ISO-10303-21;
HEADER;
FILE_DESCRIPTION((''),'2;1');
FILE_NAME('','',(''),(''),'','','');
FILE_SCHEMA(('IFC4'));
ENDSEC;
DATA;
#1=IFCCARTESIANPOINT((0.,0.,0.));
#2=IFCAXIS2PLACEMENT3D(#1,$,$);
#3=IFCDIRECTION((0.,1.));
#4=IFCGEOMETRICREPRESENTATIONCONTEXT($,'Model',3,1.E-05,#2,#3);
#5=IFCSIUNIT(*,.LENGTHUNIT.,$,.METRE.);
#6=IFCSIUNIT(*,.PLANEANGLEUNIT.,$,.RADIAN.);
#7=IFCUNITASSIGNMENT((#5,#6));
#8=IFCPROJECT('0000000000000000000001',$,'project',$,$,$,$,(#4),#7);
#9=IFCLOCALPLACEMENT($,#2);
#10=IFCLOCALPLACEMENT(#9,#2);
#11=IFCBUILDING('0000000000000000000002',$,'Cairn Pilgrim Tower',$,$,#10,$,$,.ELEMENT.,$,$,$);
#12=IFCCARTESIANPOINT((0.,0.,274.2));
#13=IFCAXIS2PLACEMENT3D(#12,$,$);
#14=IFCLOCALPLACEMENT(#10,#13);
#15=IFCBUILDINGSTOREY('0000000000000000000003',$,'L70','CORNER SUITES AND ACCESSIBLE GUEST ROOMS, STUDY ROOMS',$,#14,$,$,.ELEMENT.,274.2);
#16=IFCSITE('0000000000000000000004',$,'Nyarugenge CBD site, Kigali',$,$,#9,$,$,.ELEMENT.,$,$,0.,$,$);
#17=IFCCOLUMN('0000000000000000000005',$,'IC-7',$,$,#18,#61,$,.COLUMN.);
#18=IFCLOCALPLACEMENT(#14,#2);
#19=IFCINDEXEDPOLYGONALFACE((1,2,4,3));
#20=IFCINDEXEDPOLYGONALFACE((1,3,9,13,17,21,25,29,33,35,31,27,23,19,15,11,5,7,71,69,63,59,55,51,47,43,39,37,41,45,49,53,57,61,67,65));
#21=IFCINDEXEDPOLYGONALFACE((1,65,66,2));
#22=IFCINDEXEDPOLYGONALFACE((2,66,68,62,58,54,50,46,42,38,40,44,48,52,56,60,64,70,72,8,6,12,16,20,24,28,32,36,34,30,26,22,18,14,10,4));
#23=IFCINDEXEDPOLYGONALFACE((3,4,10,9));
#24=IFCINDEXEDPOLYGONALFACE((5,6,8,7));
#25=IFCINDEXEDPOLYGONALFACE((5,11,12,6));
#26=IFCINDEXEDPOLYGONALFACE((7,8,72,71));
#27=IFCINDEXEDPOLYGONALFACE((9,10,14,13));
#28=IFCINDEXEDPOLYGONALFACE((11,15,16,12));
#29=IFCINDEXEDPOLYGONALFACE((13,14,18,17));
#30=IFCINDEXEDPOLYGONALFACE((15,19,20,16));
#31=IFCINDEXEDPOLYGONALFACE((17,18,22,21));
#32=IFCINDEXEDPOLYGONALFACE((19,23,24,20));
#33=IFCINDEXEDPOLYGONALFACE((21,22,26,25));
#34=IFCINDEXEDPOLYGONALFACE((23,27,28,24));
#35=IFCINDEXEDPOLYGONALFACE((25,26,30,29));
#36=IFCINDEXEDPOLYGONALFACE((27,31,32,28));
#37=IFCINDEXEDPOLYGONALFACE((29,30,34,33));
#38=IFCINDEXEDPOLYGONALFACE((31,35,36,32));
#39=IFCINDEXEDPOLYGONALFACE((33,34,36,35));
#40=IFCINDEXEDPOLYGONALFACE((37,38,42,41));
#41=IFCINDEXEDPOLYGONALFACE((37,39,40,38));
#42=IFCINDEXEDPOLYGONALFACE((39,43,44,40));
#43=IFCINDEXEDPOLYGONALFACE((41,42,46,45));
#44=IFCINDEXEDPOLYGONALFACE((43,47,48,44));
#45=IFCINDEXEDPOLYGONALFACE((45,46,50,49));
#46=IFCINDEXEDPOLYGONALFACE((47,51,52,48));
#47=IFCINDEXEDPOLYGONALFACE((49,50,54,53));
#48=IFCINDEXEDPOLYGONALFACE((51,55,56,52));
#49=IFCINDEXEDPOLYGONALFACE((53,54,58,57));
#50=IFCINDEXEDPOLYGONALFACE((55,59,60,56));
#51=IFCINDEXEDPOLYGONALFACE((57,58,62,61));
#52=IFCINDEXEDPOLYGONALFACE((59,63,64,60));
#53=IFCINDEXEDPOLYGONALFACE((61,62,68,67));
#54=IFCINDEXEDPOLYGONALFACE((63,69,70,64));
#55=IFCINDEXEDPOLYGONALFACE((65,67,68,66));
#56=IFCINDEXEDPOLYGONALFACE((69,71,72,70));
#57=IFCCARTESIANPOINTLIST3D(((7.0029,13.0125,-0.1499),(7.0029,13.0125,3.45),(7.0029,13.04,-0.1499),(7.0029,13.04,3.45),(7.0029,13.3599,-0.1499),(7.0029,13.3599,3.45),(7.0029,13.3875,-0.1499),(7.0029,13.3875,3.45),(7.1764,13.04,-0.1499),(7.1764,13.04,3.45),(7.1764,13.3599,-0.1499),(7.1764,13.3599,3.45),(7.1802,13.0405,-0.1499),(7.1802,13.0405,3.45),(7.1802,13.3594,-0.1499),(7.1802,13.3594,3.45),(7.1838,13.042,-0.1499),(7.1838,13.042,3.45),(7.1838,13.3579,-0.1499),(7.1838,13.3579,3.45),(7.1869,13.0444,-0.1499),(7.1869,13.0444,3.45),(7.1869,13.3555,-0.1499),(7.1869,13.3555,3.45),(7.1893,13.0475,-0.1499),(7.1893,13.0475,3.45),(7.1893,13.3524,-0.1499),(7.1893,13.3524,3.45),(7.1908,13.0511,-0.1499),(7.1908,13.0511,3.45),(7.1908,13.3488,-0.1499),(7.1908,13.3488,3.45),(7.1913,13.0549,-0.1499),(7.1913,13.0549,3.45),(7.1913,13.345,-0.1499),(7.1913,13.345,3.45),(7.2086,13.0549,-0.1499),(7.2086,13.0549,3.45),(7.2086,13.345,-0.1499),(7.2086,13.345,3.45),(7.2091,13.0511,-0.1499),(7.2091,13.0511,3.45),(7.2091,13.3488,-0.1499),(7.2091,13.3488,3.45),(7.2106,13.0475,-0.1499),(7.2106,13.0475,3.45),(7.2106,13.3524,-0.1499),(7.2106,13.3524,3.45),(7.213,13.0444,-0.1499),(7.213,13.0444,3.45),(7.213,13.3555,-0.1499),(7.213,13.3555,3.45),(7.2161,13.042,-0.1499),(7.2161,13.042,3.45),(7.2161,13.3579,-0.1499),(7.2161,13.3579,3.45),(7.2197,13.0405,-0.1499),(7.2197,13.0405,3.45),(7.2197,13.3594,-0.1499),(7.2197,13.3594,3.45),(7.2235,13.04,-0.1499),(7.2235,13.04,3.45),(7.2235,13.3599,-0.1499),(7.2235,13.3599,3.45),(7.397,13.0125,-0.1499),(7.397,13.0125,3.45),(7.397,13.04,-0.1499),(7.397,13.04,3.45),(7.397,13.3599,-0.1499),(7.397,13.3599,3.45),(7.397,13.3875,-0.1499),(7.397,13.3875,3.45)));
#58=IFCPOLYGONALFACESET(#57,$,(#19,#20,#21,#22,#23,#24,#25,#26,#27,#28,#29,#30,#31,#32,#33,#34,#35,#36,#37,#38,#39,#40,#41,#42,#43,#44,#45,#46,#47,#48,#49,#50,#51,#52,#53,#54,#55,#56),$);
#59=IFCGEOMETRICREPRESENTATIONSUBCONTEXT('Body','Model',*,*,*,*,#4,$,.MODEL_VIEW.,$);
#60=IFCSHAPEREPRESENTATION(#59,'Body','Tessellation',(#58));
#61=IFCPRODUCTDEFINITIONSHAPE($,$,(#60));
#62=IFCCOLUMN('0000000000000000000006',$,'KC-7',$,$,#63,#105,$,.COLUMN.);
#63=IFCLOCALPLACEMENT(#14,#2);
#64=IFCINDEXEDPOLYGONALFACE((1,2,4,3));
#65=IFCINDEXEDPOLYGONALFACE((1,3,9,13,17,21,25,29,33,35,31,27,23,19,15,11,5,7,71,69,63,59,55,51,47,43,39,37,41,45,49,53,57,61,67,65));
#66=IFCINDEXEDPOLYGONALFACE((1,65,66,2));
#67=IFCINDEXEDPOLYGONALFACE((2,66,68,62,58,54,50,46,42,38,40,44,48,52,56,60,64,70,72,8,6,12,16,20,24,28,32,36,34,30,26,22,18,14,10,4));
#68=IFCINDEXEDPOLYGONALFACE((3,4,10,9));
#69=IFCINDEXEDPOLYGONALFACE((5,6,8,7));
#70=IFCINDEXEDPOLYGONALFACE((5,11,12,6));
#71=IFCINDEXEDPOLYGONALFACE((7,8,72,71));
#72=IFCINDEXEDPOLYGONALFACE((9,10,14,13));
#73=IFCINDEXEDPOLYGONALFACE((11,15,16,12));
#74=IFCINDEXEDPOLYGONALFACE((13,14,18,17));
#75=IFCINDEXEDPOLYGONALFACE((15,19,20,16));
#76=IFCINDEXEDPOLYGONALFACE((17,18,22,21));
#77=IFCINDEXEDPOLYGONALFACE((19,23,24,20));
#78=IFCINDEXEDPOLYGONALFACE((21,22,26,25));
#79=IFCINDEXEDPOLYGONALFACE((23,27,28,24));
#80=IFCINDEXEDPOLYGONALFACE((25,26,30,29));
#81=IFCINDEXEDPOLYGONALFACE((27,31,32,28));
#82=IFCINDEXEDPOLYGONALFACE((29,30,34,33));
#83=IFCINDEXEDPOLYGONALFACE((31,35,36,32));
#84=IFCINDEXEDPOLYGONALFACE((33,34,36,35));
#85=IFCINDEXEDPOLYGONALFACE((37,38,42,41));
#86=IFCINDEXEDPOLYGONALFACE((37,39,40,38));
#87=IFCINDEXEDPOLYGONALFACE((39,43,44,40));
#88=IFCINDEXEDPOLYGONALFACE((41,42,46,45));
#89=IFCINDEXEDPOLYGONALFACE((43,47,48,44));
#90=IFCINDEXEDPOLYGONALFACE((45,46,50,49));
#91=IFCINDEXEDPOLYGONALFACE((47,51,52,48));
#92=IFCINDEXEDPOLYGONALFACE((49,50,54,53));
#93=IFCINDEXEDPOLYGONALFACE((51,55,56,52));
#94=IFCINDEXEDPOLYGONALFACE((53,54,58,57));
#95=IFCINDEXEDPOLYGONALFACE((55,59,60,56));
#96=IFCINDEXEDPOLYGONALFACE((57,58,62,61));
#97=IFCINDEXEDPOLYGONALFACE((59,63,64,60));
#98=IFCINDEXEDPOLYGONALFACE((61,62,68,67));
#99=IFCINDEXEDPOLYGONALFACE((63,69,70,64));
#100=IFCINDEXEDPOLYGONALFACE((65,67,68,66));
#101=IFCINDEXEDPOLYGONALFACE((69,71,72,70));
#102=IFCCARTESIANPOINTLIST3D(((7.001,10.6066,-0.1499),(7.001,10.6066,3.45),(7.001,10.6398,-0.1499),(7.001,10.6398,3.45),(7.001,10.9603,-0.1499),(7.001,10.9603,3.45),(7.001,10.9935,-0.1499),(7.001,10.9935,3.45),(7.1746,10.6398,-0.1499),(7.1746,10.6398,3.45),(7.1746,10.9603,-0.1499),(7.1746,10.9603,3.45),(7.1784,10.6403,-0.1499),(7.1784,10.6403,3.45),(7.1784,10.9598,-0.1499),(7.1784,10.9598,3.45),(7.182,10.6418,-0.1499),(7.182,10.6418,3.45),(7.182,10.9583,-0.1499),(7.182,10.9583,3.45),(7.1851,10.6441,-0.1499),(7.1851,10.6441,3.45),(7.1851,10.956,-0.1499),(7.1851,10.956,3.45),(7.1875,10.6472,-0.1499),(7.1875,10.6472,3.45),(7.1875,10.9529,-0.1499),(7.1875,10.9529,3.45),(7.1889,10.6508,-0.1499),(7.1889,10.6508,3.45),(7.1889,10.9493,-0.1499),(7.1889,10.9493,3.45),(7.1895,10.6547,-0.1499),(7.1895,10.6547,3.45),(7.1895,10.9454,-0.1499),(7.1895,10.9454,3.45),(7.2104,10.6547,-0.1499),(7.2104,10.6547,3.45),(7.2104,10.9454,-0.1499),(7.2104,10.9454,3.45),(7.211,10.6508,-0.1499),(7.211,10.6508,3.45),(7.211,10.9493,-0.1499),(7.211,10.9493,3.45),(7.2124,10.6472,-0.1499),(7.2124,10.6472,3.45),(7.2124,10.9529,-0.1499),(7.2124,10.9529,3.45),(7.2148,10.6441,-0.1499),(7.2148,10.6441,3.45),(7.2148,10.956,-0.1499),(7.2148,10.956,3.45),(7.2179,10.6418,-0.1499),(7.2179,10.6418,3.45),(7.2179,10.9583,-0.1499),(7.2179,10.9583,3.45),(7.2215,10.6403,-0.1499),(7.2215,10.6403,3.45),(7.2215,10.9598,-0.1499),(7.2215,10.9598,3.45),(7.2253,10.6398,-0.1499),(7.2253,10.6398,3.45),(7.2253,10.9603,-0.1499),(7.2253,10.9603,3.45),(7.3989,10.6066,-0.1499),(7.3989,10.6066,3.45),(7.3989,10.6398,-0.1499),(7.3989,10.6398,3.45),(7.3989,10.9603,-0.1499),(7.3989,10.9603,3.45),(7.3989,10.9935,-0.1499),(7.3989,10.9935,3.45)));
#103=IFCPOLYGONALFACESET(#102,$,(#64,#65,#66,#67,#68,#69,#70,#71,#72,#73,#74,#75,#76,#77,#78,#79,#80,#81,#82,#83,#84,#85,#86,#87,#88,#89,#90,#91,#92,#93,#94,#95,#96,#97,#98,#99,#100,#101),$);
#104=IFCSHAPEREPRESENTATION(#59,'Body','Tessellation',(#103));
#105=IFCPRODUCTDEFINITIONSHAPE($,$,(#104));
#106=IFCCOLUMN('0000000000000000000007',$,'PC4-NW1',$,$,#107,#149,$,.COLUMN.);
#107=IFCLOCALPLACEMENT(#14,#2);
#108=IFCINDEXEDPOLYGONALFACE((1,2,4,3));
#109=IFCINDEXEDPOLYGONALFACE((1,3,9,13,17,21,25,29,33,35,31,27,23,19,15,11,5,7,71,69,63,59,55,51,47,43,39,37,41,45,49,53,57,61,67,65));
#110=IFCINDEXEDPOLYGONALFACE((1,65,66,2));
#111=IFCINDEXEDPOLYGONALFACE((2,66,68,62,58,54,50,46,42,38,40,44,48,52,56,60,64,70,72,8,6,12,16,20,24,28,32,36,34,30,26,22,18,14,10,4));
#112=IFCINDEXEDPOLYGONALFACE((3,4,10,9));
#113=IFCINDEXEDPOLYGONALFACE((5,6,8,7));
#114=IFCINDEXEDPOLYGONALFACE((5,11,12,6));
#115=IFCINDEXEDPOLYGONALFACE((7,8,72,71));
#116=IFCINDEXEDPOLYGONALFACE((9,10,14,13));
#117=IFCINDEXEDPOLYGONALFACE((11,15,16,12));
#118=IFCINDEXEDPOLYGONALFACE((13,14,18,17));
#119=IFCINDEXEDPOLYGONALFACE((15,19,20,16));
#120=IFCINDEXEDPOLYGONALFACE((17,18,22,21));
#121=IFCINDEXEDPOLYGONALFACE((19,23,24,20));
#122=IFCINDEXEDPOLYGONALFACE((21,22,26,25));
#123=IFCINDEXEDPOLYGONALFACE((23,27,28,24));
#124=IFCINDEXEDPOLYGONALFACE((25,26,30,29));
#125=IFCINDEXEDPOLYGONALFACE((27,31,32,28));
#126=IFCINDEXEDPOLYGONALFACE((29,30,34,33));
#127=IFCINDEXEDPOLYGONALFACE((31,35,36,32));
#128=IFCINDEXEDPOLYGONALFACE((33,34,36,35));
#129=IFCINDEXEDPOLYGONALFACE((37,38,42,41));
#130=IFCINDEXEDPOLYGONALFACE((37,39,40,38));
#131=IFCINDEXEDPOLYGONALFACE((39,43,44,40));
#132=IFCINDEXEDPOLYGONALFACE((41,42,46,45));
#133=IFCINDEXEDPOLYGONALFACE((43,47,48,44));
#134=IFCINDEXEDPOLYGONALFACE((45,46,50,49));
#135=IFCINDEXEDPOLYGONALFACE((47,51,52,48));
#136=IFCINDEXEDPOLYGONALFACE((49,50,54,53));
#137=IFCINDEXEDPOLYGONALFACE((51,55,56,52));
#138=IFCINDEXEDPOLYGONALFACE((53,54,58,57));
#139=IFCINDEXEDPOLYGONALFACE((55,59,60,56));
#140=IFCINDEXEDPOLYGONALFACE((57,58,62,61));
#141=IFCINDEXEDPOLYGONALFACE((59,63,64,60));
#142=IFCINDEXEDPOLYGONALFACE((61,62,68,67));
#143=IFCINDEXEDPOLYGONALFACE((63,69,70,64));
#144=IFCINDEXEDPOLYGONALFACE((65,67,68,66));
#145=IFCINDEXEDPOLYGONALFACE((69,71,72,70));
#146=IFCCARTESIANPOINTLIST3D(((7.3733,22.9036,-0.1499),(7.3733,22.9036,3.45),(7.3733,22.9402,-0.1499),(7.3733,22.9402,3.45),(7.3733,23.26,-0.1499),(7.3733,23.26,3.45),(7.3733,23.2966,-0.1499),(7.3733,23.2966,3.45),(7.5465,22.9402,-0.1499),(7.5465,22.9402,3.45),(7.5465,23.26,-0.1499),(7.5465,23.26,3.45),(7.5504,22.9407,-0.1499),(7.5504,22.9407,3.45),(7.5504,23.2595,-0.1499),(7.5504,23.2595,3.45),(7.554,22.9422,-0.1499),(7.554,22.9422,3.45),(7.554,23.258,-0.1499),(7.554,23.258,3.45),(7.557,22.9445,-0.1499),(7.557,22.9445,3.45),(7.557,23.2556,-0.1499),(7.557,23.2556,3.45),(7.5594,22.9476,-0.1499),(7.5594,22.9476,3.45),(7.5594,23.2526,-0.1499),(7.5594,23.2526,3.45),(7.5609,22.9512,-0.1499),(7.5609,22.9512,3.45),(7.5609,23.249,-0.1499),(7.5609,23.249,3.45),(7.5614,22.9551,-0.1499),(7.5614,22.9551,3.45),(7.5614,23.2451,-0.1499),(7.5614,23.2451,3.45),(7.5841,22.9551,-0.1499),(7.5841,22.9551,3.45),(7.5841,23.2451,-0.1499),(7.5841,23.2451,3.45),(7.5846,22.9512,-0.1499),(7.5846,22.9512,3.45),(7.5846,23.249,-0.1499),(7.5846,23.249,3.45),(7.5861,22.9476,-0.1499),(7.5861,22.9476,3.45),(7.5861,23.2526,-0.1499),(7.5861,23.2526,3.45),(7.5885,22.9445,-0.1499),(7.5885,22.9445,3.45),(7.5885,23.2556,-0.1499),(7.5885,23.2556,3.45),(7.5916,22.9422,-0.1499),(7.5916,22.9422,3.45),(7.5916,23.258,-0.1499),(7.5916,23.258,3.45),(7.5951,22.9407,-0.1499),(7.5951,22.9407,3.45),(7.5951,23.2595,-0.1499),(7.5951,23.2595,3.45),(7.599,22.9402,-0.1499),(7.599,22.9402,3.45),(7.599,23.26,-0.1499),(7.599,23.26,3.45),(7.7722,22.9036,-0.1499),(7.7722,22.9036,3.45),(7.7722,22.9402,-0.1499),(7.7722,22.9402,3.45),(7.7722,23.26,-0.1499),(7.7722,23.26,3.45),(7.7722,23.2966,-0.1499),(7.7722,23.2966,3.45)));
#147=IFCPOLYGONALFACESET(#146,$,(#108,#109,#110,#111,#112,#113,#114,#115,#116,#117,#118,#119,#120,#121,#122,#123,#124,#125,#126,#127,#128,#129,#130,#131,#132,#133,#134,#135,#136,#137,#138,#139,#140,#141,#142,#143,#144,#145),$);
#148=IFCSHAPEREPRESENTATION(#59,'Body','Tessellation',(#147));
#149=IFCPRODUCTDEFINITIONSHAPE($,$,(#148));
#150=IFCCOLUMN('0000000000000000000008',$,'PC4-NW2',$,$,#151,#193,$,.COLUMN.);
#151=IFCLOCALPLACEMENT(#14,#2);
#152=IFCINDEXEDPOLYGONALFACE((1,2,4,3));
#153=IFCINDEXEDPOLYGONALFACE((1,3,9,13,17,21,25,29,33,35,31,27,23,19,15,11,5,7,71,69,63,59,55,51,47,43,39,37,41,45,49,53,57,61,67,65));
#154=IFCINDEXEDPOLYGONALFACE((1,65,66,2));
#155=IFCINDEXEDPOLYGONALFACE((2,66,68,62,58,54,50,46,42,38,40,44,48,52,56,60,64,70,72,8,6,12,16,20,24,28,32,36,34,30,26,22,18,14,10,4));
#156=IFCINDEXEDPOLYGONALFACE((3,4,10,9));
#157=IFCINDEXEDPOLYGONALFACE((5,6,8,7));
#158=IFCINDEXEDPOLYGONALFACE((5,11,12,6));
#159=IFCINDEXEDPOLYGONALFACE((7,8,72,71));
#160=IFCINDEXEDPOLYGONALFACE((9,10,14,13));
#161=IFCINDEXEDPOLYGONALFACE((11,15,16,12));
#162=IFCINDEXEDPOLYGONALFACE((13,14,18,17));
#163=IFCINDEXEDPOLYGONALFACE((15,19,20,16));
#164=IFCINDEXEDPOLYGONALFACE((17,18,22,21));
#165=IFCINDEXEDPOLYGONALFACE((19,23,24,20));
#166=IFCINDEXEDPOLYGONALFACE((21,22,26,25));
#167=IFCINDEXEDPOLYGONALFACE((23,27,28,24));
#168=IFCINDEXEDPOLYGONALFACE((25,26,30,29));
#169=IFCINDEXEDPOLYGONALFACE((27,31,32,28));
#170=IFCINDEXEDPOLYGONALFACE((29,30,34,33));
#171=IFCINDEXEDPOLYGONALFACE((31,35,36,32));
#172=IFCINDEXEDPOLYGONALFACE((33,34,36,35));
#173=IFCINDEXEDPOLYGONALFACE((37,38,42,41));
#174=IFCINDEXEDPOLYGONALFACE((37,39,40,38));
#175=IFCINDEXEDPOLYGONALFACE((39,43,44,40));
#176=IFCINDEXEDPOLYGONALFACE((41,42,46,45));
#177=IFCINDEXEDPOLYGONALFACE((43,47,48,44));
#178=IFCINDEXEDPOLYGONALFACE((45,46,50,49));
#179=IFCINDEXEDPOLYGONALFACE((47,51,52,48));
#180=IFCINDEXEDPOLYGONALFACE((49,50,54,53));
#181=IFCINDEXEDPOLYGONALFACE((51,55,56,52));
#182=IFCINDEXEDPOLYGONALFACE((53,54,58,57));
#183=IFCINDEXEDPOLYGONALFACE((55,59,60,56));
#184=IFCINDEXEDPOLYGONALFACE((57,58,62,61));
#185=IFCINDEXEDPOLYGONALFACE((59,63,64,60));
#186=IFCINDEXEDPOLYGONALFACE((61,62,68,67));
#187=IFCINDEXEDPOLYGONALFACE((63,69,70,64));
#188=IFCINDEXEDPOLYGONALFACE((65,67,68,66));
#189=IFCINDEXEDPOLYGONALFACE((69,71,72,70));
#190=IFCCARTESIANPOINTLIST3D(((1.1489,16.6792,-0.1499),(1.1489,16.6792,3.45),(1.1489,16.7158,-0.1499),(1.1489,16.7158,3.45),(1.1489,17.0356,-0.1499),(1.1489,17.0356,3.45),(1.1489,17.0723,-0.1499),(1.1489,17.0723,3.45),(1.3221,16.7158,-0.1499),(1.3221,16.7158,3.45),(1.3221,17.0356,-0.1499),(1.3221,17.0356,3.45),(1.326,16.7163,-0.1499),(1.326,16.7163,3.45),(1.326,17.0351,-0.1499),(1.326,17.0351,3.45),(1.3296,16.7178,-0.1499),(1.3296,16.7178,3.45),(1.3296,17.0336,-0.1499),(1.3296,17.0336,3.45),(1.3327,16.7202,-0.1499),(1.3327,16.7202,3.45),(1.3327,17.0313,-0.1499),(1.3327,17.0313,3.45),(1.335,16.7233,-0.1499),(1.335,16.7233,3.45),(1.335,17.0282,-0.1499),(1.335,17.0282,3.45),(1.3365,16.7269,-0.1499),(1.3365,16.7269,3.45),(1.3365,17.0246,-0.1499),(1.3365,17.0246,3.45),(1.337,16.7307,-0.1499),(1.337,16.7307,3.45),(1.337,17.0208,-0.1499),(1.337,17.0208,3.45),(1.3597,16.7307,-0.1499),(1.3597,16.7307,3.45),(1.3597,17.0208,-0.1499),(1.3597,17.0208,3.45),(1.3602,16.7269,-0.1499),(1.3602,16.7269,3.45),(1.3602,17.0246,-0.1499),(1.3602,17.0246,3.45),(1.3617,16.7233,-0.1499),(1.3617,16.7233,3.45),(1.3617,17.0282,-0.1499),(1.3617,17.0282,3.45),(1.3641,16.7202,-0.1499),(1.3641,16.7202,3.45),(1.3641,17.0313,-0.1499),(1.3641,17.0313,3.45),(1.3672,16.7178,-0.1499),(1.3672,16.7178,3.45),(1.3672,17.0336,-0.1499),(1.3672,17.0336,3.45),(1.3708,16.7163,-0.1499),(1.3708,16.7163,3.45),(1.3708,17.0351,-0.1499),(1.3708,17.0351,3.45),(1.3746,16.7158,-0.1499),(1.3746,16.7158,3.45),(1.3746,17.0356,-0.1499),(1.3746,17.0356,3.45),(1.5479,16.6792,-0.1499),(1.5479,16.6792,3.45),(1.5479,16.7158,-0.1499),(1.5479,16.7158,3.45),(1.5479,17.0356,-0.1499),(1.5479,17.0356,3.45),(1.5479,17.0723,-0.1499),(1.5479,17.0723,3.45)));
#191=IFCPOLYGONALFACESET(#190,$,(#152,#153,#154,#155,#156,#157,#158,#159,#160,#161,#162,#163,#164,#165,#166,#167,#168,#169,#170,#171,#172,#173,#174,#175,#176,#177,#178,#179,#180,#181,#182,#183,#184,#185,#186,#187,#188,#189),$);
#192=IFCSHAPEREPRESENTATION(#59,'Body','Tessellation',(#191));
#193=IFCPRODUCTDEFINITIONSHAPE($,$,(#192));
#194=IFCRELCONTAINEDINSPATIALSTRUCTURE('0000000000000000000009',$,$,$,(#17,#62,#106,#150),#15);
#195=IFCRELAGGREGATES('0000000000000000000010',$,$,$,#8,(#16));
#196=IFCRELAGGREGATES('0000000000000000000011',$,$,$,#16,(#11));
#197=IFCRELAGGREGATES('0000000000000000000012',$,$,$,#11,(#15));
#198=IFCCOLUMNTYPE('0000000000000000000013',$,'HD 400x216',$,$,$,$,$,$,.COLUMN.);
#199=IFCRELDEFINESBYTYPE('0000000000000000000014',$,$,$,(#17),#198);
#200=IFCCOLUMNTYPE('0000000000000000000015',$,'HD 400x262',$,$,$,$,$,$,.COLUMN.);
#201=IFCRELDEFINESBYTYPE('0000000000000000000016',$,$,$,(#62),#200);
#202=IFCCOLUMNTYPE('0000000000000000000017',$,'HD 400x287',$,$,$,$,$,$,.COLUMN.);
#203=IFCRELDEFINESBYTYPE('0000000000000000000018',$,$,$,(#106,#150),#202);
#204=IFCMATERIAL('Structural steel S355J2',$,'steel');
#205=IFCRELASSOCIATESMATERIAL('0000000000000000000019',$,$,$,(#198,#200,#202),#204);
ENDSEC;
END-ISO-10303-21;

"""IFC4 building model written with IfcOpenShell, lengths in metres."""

from ifc_helpers import new_model, si_unit, direction, frame, origin, origin_2d, place, context, subcontext, project, spatial, i_section, extrude, material, material_profile, profile_set, type_object, element, save


model = new_model("IFC4")

# Units and contexts
model_context = context("Model", 3, precision=1e-05, world=origin(), true_north=direction((0.0, 1.0)))
body_context = subcontext(model_context, "Body", "Model", "MODEL_VIEW")
ifc_project = project(units=[si_unit("LENGTHUNIT", "METRE"), si_unit("PLANEANGLEUNIT", "RADIAN")], contexts=[model_context])

# Site, building, storey
site_placement = place(None, origin())
site = spatial("IfcSite", under=ifc_project, at=site_placement, Name="Nyarugenge CBD site, Kigali", CompositionType="ELEMENT", RefElevation=0.0)
building_placement = place(site_placement, origin())
building = spatial("IfcBuilding", under=site, at=building_placement, Name="Cairn Pilgrim Tower", CompositionType="ELEMENT")
storey_placement = place(building_placement, frame((0.0, 0.0, 274.2)))
storey = spatial("IfcBuildingStorey", under=building, at=storey_placement, Name="L70", Description="CORNER SUITES AND ACCESSIBLE GUEST ROOMS, STUDY ROOMS", CompositionType="ELEMENT", Elevation=274.2)

# Columns
ifc_material_1 = material(Name="Structural steel S355J2", Category="steel")
ifc_material_profile_1 = material_profile(ifc_material_1, i_section(OverallWidth=0.394, OverallDepth=0.375, WebThickness=0.0173, FlangeThickness=0.0276, FilletRadius=0.0149, at=origin_2d()), Name="HD 400x216")
ifc_profile_set_1 = profile_set([ifc_material_profile_1], Name="Structural steel S355J2")
column_type_1 = type_object("IfcColumnType", Name="HD 400x216", PredefinedType="COLUMN", material=ifc_profile_set_1)
column_1_placement = place(storey_placement, frame((7.2, 13.2, -0.1499), z_axis=(0.0, 0.0, 1.0), x_axis=(1.0, 0.0, 0.0)))
element("IfcColumn", 1, at=column_1_placement, inside=storey, type_object=column_type_1, Name="IC-7", PredefinedType="COLUMN", context=body_context, shape_type="SweptSolid", body=[
    extrude(i_section(OverallWidth=0.394, OverallDepth=0.375, WebThickness=0.0173, FlangeThickness=0.0276, FilletRadius=0.0149, at=origin_2d()), origin(), (0.0, 0.0, 1.0), 3.5999),
])
ifc_material_profile_2 = material_profile(ifc_material_1, i_section(OverallWidth=0.3979, OverallDepth=0.387, WebThickness=0.021, FlangeThickness=0.0332, FilletRadius=0.0149, at=origin_2d()), Name="HD 400x262")
ifc_profile_set_2 = profile_set([ifc_material_profile_2], Name="Structural steel S355J2")
column_type_2 = type_object("IfcColumnType", Name="HD 400x262", PredefinedType="COLUMN", material=ifc_profile_set_2)
column_2_placement = place(storey_placement, frame((7.2, 10.8, -0.1499), z_axis=(0.0, 0.0, 1.0), x_axis=(1.0, 0.0, 0.0)))
element("IfcColumn", 2, at=column_2_placement, inside=storey, type_object=column_type_2, Name="KC-7", PredefinedType="COLUMN", context=body_context, shape_type="SweptSolid", body=[
    extrude(i_section(OverallWidth=0.3979, OverallDepth=0.387, WebThickness=0.021, FlangeThickness=0.0332, FilletRadius=0.0149, at=origin_2d()), origin(), (0.0, 0.0, 1.0), 3.5999),
])
ifc_material_profile_3 = material_profile(ifc_material_1, i_section(OverallWidth=0.3989, OverallDepth=0.3931, WebThickness=0.0227, FlangeThickness=0.0366, FilletRadius=0.0149, at=origin_2d()), Name="HD 400x287")
ifc_profile_set_3 = profile_set([ifc_material_profile_3], Name="Structural steel S355J2")
column_type_3 = type_object("IfcColumnType", Name="HD 400x287", PredefinedType="COLUMN", material=ifc_profile_set_3)
for number, where, z_axis, x_axis, name in (
    (3, (7.5728, 23.1001, -0.1499), (0.0, 0.0, 1.0), (1.0, 0.0, 0.0), "PC4-NW1"),
    (4, (1.3484, 16.8757, -0.1499), (0.0, 0.0, 1.0), (1.0, 0.0, 0.0), "PC4-NW2"),
):
    element("IfcColumn", number, at=place(storey_placement, frame(where, z_axis=z_axis, x_axis=x_axis)), inside=storey, type_object=column_type_3, Name=name, PredefinedType="COLUMN", context=body_context, shape_type="SweptSolid", body=[
        extrude(i_section(OverallWidth=0.3989, OverallDepth=0.3931, WebThickness=0.0227, FlangeThickness=0.0366, FilletRadius=0.0149, at=origin_2d()), origin(), (0.0, 0.0, 1.0), 3.5999),
    ])

save(model, "model.ifc")
